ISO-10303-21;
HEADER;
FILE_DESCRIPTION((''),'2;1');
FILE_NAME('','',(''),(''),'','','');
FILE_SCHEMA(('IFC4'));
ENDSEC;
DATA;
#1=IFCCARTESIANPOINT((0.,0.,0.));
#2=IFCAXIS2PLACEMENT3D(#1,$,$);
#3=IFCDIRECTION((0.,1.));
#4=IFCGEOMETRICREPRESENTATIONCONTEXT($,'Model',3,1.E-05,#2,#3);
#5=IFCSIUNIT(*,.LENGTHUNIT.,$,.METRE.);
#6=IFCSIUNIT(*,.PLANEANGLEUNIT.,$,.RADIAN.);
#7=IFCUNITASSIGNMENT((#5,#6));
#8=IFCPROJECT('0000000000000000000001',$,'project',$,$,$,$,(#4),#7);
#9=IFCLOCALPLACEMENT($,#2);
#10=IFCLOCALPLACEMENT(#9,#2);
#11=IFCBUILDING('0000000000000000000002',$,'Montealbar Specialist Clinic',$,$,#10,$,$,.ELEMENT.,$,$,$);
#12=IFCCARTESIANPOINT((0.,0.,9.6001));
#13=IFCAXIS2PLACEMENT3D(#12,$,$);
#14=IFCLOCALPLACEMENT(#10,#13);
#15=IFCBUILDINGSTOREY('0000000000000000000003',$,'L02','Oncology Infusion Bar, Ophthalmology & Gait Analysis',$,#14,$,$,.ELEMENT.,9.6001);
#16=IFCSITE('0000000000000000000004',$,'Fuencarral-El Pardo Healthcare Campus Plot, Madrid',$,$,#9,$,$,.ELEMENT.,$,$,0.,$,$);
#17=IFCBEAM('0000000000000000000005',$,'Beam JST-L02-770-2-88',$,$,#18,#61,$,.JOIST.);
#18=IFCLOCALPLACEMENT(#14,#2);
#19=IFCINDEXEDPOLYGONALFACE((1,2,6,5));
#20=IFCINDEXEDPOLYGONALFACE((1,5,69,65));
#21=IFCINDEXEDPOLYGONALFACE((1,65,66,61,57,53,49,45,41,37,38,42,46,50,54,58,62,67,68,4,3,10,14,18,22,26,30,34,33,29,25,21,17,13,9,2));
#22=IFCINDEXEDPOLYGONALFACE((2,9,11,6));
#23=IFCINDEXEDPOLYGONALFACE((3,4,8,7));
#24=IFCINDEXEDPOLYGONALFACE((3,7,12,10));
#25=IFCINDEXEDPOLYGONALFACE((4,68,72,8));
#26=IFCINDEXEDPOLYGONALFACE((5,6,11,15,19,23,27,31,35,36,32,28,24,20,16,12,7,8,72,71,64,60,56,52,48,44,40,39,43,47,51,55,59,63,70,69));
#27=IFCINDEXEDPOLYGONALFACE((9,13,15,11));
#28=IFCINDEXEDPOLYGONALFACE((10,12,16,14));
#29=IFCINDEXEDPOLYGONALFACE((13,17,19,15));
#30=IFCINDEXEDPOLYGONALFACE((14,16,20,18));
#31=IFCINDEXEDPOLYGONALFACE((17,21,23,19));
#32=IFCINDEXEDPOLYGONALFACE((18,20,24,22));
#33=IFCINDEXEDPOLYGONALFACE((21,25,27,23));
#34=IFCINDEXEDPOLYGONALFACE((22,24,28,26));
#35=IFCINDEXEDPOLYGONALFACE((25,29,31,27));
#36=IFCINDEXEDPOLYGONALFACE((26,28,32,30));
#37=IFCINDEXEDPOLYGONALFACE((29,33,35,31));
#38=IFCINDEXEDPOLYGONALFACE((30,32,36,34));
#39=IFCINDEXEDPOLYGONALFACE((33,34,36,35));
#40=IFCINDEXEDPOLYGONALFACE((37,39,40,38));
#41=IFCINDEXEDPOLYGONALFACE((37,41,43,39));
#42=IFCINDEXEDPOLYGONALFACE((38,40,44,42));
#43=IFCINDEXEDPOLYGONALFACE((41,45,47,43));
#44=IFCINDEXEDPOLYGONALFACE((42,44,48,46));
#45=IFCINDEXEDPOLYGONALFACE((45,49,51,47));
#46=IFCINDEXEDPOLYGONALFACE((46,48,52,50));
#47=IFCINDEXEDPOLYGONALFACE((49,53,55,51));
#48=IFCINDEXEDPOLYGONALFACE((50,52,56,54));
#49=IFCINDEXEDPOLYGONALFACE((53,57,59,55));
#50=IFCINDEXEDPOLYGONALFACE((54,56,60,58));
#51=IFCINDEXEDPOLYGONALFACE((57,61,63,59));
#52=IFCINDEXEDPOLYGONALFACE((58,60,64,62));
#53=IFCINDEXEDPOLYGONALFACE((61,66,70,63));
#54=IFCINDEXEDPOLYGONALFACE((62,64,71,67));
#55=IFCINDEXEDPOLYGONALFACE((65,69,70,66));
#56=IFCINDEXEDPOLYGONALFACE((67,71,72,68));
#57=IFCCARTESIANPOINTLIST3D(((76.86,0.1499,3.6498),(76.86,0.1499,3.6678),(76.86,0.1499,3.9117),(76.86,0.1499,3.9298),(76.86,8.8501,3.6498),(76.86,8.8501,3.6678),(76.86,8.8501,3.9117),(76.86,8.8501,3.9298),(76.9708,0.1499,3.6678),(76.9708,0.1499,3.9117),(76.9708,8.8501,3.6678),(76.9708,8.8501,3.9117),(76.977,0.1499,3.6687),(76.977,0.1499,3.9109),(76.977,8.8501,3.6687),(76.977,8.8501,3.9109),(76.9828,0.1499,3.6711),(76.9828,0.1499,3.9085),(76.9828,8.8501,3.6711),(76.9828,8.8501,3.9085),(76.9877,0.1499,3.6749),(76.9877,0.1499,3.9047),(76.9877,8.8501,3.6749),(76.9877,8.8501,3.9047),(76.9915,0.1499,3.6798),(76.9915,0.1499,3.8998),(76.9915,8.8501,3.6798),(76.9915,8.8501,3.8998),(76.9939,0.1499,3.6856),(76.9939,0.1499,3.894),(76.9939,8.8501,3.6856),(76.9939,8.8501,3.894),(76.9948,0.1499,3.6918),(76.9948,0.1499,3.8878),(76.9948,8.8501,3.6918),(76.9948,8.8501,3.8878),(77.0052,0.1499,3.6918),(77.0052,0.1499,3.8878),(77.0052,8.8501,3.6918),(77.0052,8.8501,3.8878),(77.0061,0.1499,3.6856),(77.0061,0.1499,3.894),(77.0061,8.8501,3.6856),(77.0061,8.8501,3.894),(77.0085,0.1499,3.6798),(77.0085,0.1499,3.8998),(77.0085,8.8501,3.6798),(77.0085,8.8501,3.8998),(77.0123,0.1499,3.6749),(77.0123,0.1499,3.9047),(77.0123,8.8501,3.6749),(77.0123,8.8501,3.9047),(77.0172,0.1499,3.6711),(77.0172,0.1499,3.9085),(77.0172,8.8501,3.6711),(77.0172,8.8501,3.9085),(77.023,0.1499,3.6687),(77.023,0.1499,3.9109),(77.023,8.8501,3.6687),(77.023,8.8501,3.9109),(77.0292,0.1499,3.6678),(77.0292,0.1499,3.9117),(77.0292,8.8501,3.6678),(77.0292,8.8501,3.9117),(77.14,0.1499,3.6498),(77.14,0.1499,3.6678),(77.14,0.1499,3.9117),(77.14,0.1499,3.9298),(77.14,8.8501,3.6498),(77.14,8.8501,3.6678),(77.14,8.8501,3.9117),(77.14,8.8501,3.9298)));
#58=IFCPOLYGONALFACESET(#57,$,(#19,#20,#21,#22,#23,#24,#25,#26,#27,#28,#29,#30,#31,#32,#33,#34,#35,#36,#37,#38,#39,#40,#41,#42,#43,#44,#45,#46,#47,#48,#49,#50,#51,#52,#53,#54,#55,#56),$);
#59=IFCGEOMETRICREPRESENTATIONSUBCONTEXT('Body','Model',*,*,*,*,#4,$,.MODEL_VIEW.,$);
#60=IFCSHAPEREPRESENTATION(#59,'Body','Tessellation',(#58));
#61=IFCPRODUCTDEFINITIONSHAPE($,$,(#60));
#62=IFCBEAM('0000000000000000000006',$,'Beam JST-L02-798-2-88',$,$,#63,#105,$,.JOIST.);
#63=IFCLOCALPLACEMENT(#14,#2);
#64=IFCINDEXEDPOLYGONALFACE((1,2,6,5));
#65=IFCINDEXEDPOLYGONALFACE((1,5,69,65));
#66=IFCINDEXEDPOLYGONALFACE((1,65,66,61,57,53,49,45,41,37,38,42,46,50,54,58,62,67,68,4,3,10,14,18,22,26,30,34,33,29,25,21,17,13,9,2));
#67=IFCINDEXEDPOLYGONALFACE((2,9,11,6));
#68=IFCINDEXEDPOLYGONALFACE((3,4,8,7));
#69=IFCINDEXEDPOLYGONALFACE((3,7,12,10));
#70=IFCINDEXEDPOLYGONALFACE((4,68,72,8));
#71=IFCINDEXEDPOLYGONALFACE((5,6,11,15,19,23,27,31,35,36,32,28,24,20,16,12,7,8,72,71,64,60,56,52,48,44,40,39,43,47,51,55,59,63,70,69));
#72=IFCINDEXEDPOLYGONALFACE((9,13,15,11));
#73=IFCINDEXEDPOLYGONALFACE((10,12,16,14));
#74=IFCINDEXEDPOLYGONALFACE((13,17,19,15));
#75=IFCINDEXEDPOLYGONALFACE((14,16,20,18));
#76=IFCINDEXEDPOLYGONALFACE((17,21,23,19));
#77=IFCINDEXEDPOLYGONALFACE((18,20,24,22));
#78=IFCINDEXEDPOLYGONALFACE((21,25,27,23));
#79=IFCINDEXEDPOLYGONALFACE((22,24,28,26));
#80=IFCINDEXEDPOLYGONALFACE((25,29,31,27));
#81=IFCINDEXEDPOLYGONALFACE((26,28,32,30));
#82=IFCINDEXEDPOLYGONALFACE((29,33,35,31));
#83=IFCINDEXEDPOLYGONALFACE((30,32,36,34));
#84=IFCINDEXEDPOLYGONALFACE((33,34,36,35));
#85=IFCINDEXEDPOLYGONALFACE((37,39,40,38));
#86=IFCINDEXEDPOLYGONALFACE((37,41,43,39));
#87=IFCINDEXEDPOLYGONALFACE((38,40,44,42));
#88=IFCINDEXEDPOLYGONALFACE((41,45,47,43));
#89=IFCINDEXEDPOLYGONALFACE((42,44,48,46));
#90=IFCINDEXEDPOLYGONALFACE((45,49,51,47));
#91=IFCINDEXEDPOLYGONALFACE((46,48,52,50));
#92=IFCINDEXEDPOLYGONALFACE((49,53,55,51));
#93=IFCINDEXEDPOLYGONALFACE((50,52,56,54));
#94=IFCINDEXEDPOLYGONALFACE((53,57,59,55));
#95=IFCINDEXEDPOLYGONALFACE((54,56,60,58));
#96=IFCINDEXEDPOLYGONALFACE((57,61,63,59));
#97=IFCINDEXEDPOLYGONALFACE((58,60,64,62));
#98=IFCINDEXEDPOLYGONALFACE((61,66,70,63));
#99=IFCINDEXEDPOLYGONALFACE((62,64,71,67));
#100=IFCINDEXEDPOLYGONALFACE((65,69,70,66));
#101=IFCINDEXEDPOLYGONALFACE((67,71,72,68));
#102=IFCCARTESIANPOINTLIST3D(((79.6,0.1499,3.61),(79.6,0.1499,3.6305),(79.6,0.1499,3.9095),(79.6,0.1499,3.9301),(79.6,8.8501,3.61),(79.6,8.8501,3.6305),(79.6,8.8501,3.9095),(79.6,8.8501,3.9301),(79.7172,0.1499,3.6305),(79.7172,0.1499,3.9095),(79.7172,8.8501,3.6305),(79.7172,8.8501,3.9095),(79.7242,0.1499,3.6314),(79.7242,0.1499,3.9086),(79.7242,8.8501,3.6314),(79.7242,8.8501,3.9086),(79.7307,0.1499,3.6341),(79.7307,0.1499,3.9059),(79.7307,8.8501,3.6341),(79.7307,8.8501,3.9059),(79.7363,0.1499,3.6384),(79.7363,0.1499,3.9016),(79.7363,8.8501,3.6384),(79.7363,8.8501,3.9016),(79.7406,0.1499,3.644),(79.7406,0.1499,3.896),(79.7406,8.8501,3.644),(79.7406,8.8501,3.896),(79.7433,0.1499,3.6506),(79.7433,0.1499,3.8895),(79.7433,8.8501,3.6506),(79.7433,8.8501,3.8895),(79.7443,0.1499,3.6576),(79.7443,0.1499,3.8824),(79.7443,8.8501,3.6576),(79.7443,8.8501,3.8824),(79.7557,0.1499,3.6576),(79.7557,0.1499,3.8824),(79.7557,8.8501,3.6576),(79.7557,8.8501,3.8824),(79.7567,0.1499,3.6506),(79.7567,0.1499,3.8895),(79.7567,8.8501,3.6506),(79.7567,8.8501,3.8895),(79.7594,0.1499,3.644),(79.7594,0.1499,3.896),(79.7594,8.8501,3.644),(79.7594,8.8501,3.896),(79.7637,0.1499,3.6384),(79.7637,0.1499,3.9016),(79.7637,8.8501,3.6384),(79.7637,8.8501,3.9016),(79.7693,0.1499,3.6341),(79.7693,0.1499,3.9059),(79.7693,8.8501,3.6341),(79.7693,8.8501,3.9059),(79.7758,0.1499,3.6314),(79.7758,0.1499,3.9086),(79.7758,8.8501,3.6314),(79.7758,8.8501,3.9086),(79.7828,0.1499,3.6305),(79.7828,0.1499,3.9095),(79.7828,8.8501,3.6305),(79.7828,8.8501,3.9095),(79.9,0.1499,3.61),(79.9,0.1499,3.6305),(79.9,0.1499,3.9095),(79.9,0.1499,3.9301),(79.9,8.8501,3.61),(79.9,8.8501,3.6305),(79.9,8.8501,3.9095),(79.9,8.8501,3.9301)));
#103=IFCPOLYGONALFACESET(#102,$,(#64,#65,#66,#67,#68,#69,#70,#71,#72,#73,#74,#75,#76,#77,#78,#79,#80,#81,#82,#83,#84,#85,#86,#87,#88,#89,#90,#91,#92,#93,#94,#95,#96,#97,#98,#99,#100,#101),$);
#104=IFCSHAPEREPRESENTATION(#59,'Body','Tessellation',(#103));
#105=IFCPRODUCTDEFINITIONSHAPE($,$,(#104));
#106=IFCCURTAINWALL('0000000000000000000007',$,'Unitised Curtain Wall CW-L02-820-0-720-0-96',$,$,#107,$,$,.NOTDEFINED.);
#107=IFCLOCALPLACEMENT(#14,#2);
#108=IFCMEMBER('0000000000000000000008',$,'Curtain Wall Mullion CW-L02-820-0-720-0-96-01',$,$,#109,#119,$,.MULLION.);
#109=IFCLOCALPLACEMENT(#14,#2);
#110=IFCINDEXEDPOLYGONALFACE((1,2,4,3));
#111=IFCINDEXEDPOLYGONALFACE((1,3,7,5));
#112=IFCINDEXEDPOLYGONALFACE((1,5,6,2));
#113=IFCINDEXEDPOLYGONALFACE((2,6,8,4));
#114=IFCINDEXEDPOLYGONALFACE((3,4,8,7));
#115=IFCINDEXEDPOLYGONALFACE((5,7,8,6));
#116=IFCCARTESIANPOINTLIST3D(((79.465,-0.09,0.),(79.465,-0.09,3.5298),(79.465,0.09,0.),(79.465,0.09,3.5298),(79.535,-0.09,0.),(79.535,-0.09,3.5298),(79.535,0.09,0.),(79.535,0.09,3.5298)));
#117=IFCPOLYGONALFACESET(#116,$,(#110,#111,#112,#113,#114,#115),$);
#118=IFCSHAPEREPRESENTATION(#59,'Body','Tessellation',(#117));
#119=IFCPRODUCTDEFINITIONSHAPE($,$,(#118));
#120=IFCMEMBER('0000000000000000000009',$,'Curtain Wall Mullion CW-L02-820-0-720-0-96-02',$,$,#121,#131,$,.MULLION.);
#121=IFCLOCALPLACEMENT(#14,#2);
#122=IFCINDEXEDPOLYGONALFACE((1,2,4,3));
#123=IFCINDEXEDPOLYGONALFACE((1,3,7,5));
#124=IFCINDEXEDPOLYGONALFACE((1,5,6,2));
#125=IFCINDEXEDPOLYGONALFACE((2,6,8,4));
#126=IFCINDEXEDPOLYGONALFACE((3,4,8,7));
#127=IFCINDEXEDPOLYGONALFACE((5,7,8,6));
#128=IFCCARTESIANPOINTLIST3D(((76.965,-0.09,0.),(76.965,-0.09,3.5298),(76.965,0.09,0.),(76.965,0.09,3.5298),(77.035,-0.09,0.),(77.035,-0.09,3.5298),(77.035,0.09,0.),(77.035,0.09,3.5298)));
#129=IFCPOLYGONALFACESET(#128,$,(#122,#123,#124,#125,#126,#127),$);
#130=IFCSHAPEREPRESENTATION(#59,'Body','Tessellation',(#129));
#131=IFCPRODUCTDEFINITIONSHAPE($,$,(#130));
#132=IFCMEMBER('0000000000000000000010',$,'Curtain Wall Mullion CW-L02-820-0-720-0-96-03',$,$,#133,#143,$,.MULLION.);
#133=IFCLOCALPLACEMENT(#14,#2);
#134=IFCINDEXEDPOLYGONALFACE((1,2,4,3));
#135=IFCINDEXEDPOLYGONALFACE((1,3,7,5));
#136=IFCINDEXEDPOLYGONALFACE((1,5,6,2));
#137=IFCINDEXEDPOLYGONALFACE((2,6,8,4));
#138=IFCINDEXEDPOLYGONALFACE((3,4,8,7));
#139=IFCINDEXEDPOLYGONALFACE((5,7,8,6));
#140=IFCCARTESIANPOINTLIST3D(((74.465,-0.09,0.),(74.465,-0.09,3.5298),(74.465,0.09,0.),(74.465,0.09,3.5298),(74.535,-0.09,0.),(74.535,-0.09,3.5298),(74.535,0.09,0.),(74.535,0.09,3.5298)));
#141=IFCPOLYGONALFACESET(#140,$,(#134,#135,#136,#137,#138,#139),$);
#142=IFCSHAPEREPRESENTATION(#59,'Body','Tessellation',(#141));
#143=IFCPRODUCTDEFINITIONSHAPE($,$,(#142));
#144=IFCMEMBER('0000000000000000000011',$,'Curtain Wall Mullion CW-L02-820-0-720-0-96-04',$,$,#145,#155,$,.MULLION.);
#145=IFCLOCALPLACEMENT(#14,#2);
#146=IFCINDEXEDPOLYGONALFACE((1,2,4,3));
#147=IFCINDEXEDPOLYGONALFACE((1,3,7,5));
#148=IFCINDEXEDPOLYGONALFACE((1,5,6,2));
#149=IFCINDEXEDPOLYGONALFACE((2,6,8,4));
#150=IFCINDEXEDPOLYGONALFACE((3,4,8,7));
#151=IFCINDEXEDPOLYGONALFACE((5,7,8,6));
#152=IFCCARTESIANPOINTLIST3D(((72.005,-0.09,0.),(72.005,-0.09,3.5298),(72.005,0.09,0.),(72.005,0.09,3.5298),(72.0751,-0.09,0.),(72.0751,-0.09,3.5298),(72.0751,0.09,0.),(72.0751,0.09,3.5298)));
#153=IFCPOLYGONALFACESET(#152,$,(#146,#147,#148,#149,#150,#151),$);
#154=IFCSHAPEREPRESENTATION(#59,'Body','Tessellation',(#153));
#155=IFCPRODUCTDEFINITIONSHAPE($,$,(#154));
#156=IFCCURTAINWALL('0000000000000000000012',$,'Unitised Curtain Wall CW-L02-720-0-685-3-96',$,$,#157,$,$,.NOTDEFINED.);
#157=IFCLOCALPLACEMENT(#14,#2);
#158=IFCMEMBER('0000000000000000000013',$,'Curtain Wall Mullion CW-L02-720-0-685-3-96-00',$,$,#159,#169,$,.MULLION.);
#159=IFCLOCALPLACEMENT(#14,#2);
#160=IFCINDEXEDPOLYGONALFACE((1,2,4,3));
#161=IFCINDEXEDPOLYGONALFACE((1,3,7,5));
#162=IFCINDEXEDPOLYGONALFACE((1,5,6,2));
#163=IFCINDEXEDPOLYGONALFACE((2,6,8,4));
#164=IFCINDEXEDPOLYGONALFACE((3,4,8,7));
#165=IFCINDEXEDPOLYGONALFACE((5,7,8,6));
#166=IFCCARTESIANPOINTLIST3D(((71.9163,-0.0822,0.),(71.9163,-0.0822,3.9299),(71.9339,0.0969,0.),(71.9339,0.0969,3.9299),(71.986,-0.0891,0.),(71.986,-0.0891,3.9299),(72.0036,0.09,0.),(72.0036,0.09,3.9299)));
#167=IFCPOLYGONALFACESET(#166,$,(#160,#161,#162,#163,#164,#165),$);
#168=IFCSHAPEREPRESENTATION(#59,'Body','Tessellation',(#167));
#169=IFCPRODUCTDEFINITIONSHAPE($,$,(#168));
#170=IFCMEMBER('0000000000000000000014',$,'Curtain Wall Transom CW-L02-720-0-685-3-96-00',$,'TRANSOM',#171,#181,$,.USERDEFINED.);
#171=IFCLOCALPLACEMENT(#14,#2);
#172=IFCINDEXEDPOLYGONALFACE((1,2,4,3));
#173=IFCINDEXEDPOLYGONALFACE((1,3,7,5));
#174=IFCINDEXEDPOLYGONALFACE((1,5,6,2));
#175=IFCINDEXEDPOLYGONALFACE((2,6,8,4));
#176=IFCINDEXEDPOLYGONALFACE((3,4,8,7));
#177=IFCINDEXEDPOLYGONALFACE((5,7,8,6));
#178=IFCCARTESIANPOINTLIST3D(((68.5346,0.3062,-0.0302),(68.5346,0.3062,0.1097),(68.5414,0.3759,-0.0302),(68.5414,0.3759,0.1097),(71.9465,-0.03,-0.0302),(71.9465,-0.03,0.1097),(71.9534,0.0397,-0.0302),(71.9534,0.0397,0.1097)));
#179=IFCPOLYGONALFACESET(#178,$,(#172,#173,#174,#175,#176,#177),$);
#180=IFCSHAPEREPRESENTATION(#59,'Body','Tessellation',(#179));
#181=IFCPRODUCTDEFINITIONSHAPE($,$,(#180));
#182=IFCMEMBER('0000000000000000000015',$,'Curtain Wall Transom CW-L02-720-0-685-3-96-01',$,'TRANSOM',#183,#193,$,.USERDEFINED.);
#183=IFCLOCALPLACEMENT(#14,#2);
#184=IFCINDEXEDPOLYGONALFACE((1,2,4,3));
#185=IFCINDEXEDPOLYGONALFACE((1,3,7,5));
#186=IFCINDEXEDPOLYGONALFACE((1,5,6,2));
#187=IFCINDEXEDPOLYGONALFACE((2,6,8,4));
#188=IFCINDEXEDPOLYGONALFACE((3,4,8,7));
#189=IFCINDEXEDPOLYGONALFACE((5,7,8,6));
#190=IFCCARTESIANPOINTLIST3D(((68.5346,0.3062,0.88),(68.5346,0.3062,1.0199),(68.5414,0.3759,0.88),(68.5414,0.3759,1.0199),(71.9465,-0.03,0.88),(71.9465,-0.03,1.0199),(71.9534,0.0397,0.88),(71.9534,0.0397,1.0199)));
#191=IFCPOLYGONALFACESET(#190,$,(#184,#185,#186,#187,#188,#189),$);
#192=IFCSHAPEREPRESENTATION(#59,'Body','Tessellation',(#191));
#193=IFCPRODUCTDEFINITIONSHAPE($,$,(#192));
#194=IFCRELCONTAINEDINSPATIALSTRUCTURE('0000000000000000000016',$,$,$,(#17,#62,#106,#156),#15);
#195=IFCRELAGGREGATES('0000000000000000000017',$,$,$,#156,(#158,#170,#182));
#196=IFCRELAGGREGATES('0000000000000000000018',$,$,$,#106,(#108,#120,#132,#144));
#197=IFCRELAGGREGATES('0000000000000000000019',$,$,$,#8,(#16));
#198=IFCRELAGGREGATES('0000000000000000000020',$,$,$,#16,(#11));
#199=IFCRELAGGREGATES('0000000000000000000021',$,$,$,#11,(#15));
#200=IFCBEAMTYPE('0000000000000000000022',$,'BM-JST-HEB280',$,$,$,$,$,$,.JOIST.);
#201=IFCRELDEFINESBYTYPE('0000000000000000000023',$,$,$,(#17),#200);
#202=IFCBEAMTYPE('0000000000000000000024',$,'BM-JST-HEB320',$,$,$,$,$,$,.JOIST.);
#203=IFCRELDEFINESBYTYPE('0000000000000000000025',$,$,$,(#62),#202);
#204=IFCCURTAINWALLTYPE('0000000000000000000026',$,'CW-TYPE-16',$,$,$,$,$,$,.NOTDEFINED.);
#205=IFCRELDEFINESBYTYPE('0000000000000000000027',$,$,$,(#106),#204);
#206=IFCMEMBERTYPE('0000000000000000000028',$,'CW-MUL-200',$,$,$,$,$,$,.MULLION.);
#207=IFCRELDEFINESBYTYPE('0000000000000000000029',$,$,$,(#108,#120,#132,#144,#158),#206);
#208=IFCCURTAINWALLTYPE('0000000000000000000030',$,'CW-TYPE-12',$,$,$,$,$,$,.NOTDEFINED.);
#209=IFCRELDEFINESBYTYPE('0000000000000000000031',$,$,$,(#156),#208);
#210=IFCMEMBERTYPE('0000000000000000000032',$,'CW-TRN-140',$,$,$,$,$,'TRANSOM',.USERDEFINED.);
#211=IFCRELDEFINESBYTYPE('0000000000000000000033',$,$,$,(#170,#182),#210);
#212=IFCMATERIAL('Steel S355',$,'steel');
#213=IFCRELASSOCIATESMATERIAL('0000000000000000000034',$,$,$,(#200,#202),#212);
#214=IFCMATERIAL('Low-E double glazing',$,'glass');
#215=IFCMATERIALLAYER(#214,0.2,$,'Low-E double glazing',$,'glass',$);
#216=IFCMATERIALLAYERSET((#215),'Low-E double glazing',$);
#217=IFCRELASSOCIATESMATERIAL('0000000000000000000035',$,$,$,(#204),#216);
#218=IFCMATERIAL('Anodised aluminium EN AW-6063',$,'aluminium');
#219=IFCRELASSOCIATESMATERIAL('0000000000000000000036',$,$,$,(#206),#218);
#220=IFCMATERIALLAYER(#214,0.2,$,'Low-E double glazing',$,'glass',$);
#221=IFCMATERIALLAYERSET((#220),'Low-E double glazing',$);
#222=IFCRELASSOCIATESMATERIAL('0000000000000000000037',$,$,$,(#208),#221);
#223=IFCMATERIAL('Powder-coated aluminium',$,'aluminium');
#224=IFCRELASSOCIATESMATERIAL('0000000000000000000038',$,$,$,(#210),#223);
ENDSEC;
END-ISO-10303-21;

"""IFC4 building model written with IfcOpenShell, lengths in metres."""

from ifc_helpers import new_model, si_unit, direction, frame, origin, origin_2d, place, context, subcontext, project, spatial, rectangle, i_section, extrude, material, layer, layer_set, material_profile, profile_set, type_object, element, aggregate, save


model = new_model("IFC4")

# Units and contexts
model_context = context("Model", 3, precision=1e-05, world=origin(), true_north=direction((0.0, 1.0)))
body_context = subcontext(model_context, "Body", "Model", "MODEL_VIEW")
ifc_project = project(units=[si_unit("LENGTHUNIT", "METRE"), si_unit("PLANEANGLEUNIT", "RADIAN")], contexts=[model_context])

# Site, building, storey
site_placement = place(None, origin())
site = spatial("IfcSite", under=ifc_project, at=site_placement, Name="Fuencarral-El Pardo Healthcare Campus Plot, Madrid", CompositionType="ELEMENT", RefElevation=0.0)
building_placement = place(site_placement, origin())
building = spatial("IfcBuilding", under=site, at=building_placement, Name="Montealbar Specialist Clinic", CompositionType="ELEMENT")
storey_placement = place(building_placement, frame((0.0, 0.0, 9.6001)))
storey = spatial("IfcBuildingStorey", under=building, at=storey_placement, Name="L02", Description="Oncology Infusion Bar, Ophthalmology & Gait Analysis", CompositionType="ELEMENT", Elevation=9.6001)

# Shared definitions
ifc_material_1 = material(Name="Steel S355", Category="steel")

# Beams
ifc_material_profile_1 = material_profile(ifc_material_1, i_section(OverallWidth=0.28, OverallDepth=0.28, WebThickness=0.0105, FlangeThickness=0.0181, FilletRadius=0.0239, at=origin_2d()), Name="HEB 280", Category="steel")
ifc_profile_set_1 = profile_set([ifc_material_profile_1], Name="Steel S355")
beam_type_1 = type_object("IfcBeamType", Name="BM-JST-HEB280", PredefinedType="JOIST", material=ifc_profile_set_1)
beam_1_placement = place(storey_placement, frame((77.0, 0.1499, 3.7898), z_axis=(0.0, 1.0, 0.0), x_axis=(-1.0, 0.0, 0.0)))
element("IfcBeam", 1, at=beam_1_placement, inside=storey, type_object=beam_type_1, Name="Beam JST-L02-770-2-88", PredefinedType="JOIST", context=body_context, shape_type="SweptSolid", body=[
    extrude(i_section(OverallWidth=0.28, OverallDepth=0.28, WebThickness=0.0105, FlangeThickness=0.0181, FilletRadius=0.0239, at=origin_2d()), origin(), (0.0, 0.0, 1.0), 8.7002),
])
ifc_material_profile_2 = material_profile(ifc_material_1, i_section(OverallWidth=0.3, OverallDepth=0.3201, WebThickness=0.0115, FlangeThickness=0.0205, FilletRadius=0.0271, at=origin_2d()), Name="HEB 320", Category="steel")
ifc_profile_set_2 = profile_set([ifc_material_profile_2], Name="Steel S355")
beam_type_2 = type_object("IfcBeamType", Name="BM-JST-HEB320", PredefinedType="JOIST", material=ifc_profile_set_2)
beam_2_placement = place(storey_placement, frame((79.75, 0.1499, 3.77), z_axis=(0.0, 1.0, 0.0), x_axis=(-1.0, 0.0, 0.0)))
element("IfcBeam", 2, at=beam_2_placement, inside=storey, type_object=beam_type_2, Name="Beam JST-L02-798-2-88", PredefinedType="JOIST", context=body_context, shape_type="SweptSolid", body=[
    extrude(i_section(OverallWidth=0.3, OverallDepth=0.3201, WebThickness=0.0115, FlangeThickness=0.0205, FilletRadius=0.0271, at=origin_2d()), origin(), (0.0, 0.0, 1.0), 8.7002),
])

# Curtain walls, members
ifc_material_2 = material(Name="Low-E double glazing", Category="glass")
ifc_layer_1 = layer(ifc_material_2, 0.2, Name="Low-E double glazing", Category="glass")
ifc_layer_set_1 = layer_set([ifc_layer_1], Name="Low-E double glazing")
curtain_wall_type_1 = type_object("IfcCurtainWallType", Name="CW-TYPE-16", PredefinedType="NOTDEFINED", material=ifc_layer_set_1)
curtain_wall_1_placement = place(storey_placement, origin())
curtain_wall_1 = element("IfcCurtainWall", 3, at=curtain_wall_1_placement, inside=storey, type_object=curtain_wall_type_1, Name="Unitised Curtain Wall CW-L02-820-0-720-0-96", PredefinedType="NOTDEFINED")
ifc_material_3 = material(Name="Anodised aluminium EN AW-6063", Category="aluminium")
ifc_material_profile_3 = material_profile(ifc_material_3, rectangle(XDim=0.0701, YDim=0.1799, at=origin_2d()), Name="ALU 70x180", Category="aluminium")
ifc_profile_set_3 = profile_set([ifc_material_profile_3], Name="Anodised aluminium EN AW-6063")
member_type_1 = type_object("IfcMemberType", Name="CW-MUL-200", PredefinedType="MULLION", material=ifc_profile_set_3)
member_1_placement = place(storey_placement, frame((79.5, 0.0, 0.0), z_axis=(0.0, 0.0, 1.0), x_axis=(-1.0, 0.0, 0.0)))
member_1 = element("IfcMember", 4, at=member_1_placement, type_object=member_type_1, Name="Curtain Wall Mullion CW-L02-820-0-720-0-96-01", PredefinedType="MULLION", context=body_context, shape_type="SweptSolid", body=[
    extrude(rectangle(XDim=0.0701, YDim=0.1799, at=origin_2d()), origin(), (0.0, 0.0, 1.0), 3.5298),
])
member_2_placement = place(storey_placement, frame((77.0, 0.0, 0.0), z_axis=(0.0, 0.0, 1.0), x_axis=(-1.0, 0.0, 0.0)))
member_2 = element("IfcMember", 5, at=member_2_placement, type_object=member_type_1, Name="Curtain Wall Mullion CW-L02-820-0-720-0-96-02", PredefinedType="MULLION", context=body_context, shape_type="SweptSolid", body=[
    extrude(rectangle(XDim=0.0701, YDim=0.1799, at=origin_2d()), origin(), (0.0, 0.0, 1.0), 3.5298),
])
member_3_placement = place(storey_placement, frame((74.5, 0.0, 0.0), z_axis=(0.0, 0.0, 1.0), x_axis=(-1.0, 0.0, 0.0)))
member_3 = element("IfcMember", 6, at=member_3_placement, type_object=member_type_1, Name="Curtain Wall Mullion CW-L02-820-0-720-0-96-03", PredefinedType="MULLION", context=body_context, shape_type="SweptSolid", body=[
    extrude(rectangle(XDim=0.0701, YDim=0.1799, at=origin_2d()), origin(), (0.0, 0.0, 1.0), 3.5298),
])
member_4_placement = place(storey_placement, frame((72.04, 0.0, 0.0), z_axis=(0.0, 0.0, 1.0), x_axis=(-1.0, 0.0, 0.0)))
member_4 = element("IfcMember", 7, at=member_4_placement, type_object=member_type_1, Name="Curtain Wall Mullion CW-L02-820-0-720-0-96-04", PredefinedType="MULLION", context=body_context, shape_type="SweptSolid", body=[
    extrude(rectangle(XDim=0.0701, YDim=0.1799, at=origin_2d()), origin(), (0.0, 0.0, 1.0), 3.5298),
])
ifc_layer_2 = layer(ifc_material_2, 0.2, Name="Low-E double glazing", Category="glass")
ifc_layer_set_2 = layer_set([ifc_layer_2], Name="Low-E double glazing")
curtain_wall_type_2 = type_object("IfcCurtainWallType", Name="CW-TYPE-12", PredefinedType="NOTDEFINED", material=ifc_layer_set_2)
curtain_wall_2_placement = place(storey_placement, origin())
curtain_wall_2 = element("IfcCurtainWall", 8, at=curtain_wall_2_placement, inside=storey, type_object=curtain_wall_type_2, Name="Unitised Curtain Wall CW-L02-720-0-685-3-96", PredefinedType="NOTDEFINED")
member_5_placement = place(storey_placement, frame((71.96, 0.0039, 0.0), z_axis=(0.0, 0.0, 1.0), x_axis=(-0.995182, 0.098045, 0.0)))
member_5 = element("IfcMember", 9, at=member_5_placement, type_object=member_type_1, Name="Curtain Wall Mullion CW-L02-720-0-685-3-96-00", PredefinedType="MULLION", context=body_context, shape_type="SweptSolid", body=[
    extrude(rectangle(XDim=0.0701, YDim=0.1799, at=origin_2d()), origin(), (0.0, 0.0, 1.0), 3.9299),
])
ifc_material_4 = material(Name="Powder-coated aluminium", Category="aluminium")
ifc_material_profile_4 = material_profile(ifc_material_4, rectangle(XDim=0.0701, YDim=0.1399, at=origin_2d()), Name="ALU 70x140", Category="aluminium")
ifc_profile_set_4 = profile_set([ifc_material_profile_4], Name="Powder-coated aluminium")
member_type_2 = type_object("IfcMemberType", Name="CW-TRN-140", ElementType="TRANSOM", PredefinedType="USERDEFINED", material=ifc_profile_set_4)
member_6_placement = place(storey_placement, frame((71.95, 0.0049, 0.0398), z_axis=(-0.995181, 0.098058, 0.0), x_axis=(-0.098058, -0.995181, 0.0)))
member_6 = element("IfcMember", 10, at=member_6_placement, type_object=member_type_2, Name="Curtain Wall Transom CW-L02-720-0-685-3-96-00", ObjectType="TRANSOM", PredefinedType="USERDEFINED", context=body_context, shape_type="SweptSolid", body=[
    extrude(rectangle(XDim=0.0701, YDim=0.1399, at=origin_2d()), origin(), (0.0, 0.0, 1.0), 3.4285),
])
member_7_placement = place(storey_placement, frame((71.95, 0.0049, 0.95), z_axis=(-0.995181, 0.098058, 0.0), x_axis=(-0.098058, -0.995181, 0.0)))
member_7 = element("IfcMember", 11, at=member_7_placement, type_object=member_type_2, Name="Curtain Wall Transom CW-L02-720-0-685-3-96-01", ObjectType="TRANSOM", PredefinedType="USERDEFINED", context=body_context, shape_type="SweptSolid", body=[
    extrude(rectangle(XDim=0.0701, YDim=0.1399, at=origin_2d()), origin(), (0.0, 0.0, 1.0), 3.4285),
])
aggregate(curtain_wall_2, [member_5, member_6, member_7])

aggregate(curtain_wall_1, [member_1, member_2, member_3, member_4])

save(model, "model.ifc")
